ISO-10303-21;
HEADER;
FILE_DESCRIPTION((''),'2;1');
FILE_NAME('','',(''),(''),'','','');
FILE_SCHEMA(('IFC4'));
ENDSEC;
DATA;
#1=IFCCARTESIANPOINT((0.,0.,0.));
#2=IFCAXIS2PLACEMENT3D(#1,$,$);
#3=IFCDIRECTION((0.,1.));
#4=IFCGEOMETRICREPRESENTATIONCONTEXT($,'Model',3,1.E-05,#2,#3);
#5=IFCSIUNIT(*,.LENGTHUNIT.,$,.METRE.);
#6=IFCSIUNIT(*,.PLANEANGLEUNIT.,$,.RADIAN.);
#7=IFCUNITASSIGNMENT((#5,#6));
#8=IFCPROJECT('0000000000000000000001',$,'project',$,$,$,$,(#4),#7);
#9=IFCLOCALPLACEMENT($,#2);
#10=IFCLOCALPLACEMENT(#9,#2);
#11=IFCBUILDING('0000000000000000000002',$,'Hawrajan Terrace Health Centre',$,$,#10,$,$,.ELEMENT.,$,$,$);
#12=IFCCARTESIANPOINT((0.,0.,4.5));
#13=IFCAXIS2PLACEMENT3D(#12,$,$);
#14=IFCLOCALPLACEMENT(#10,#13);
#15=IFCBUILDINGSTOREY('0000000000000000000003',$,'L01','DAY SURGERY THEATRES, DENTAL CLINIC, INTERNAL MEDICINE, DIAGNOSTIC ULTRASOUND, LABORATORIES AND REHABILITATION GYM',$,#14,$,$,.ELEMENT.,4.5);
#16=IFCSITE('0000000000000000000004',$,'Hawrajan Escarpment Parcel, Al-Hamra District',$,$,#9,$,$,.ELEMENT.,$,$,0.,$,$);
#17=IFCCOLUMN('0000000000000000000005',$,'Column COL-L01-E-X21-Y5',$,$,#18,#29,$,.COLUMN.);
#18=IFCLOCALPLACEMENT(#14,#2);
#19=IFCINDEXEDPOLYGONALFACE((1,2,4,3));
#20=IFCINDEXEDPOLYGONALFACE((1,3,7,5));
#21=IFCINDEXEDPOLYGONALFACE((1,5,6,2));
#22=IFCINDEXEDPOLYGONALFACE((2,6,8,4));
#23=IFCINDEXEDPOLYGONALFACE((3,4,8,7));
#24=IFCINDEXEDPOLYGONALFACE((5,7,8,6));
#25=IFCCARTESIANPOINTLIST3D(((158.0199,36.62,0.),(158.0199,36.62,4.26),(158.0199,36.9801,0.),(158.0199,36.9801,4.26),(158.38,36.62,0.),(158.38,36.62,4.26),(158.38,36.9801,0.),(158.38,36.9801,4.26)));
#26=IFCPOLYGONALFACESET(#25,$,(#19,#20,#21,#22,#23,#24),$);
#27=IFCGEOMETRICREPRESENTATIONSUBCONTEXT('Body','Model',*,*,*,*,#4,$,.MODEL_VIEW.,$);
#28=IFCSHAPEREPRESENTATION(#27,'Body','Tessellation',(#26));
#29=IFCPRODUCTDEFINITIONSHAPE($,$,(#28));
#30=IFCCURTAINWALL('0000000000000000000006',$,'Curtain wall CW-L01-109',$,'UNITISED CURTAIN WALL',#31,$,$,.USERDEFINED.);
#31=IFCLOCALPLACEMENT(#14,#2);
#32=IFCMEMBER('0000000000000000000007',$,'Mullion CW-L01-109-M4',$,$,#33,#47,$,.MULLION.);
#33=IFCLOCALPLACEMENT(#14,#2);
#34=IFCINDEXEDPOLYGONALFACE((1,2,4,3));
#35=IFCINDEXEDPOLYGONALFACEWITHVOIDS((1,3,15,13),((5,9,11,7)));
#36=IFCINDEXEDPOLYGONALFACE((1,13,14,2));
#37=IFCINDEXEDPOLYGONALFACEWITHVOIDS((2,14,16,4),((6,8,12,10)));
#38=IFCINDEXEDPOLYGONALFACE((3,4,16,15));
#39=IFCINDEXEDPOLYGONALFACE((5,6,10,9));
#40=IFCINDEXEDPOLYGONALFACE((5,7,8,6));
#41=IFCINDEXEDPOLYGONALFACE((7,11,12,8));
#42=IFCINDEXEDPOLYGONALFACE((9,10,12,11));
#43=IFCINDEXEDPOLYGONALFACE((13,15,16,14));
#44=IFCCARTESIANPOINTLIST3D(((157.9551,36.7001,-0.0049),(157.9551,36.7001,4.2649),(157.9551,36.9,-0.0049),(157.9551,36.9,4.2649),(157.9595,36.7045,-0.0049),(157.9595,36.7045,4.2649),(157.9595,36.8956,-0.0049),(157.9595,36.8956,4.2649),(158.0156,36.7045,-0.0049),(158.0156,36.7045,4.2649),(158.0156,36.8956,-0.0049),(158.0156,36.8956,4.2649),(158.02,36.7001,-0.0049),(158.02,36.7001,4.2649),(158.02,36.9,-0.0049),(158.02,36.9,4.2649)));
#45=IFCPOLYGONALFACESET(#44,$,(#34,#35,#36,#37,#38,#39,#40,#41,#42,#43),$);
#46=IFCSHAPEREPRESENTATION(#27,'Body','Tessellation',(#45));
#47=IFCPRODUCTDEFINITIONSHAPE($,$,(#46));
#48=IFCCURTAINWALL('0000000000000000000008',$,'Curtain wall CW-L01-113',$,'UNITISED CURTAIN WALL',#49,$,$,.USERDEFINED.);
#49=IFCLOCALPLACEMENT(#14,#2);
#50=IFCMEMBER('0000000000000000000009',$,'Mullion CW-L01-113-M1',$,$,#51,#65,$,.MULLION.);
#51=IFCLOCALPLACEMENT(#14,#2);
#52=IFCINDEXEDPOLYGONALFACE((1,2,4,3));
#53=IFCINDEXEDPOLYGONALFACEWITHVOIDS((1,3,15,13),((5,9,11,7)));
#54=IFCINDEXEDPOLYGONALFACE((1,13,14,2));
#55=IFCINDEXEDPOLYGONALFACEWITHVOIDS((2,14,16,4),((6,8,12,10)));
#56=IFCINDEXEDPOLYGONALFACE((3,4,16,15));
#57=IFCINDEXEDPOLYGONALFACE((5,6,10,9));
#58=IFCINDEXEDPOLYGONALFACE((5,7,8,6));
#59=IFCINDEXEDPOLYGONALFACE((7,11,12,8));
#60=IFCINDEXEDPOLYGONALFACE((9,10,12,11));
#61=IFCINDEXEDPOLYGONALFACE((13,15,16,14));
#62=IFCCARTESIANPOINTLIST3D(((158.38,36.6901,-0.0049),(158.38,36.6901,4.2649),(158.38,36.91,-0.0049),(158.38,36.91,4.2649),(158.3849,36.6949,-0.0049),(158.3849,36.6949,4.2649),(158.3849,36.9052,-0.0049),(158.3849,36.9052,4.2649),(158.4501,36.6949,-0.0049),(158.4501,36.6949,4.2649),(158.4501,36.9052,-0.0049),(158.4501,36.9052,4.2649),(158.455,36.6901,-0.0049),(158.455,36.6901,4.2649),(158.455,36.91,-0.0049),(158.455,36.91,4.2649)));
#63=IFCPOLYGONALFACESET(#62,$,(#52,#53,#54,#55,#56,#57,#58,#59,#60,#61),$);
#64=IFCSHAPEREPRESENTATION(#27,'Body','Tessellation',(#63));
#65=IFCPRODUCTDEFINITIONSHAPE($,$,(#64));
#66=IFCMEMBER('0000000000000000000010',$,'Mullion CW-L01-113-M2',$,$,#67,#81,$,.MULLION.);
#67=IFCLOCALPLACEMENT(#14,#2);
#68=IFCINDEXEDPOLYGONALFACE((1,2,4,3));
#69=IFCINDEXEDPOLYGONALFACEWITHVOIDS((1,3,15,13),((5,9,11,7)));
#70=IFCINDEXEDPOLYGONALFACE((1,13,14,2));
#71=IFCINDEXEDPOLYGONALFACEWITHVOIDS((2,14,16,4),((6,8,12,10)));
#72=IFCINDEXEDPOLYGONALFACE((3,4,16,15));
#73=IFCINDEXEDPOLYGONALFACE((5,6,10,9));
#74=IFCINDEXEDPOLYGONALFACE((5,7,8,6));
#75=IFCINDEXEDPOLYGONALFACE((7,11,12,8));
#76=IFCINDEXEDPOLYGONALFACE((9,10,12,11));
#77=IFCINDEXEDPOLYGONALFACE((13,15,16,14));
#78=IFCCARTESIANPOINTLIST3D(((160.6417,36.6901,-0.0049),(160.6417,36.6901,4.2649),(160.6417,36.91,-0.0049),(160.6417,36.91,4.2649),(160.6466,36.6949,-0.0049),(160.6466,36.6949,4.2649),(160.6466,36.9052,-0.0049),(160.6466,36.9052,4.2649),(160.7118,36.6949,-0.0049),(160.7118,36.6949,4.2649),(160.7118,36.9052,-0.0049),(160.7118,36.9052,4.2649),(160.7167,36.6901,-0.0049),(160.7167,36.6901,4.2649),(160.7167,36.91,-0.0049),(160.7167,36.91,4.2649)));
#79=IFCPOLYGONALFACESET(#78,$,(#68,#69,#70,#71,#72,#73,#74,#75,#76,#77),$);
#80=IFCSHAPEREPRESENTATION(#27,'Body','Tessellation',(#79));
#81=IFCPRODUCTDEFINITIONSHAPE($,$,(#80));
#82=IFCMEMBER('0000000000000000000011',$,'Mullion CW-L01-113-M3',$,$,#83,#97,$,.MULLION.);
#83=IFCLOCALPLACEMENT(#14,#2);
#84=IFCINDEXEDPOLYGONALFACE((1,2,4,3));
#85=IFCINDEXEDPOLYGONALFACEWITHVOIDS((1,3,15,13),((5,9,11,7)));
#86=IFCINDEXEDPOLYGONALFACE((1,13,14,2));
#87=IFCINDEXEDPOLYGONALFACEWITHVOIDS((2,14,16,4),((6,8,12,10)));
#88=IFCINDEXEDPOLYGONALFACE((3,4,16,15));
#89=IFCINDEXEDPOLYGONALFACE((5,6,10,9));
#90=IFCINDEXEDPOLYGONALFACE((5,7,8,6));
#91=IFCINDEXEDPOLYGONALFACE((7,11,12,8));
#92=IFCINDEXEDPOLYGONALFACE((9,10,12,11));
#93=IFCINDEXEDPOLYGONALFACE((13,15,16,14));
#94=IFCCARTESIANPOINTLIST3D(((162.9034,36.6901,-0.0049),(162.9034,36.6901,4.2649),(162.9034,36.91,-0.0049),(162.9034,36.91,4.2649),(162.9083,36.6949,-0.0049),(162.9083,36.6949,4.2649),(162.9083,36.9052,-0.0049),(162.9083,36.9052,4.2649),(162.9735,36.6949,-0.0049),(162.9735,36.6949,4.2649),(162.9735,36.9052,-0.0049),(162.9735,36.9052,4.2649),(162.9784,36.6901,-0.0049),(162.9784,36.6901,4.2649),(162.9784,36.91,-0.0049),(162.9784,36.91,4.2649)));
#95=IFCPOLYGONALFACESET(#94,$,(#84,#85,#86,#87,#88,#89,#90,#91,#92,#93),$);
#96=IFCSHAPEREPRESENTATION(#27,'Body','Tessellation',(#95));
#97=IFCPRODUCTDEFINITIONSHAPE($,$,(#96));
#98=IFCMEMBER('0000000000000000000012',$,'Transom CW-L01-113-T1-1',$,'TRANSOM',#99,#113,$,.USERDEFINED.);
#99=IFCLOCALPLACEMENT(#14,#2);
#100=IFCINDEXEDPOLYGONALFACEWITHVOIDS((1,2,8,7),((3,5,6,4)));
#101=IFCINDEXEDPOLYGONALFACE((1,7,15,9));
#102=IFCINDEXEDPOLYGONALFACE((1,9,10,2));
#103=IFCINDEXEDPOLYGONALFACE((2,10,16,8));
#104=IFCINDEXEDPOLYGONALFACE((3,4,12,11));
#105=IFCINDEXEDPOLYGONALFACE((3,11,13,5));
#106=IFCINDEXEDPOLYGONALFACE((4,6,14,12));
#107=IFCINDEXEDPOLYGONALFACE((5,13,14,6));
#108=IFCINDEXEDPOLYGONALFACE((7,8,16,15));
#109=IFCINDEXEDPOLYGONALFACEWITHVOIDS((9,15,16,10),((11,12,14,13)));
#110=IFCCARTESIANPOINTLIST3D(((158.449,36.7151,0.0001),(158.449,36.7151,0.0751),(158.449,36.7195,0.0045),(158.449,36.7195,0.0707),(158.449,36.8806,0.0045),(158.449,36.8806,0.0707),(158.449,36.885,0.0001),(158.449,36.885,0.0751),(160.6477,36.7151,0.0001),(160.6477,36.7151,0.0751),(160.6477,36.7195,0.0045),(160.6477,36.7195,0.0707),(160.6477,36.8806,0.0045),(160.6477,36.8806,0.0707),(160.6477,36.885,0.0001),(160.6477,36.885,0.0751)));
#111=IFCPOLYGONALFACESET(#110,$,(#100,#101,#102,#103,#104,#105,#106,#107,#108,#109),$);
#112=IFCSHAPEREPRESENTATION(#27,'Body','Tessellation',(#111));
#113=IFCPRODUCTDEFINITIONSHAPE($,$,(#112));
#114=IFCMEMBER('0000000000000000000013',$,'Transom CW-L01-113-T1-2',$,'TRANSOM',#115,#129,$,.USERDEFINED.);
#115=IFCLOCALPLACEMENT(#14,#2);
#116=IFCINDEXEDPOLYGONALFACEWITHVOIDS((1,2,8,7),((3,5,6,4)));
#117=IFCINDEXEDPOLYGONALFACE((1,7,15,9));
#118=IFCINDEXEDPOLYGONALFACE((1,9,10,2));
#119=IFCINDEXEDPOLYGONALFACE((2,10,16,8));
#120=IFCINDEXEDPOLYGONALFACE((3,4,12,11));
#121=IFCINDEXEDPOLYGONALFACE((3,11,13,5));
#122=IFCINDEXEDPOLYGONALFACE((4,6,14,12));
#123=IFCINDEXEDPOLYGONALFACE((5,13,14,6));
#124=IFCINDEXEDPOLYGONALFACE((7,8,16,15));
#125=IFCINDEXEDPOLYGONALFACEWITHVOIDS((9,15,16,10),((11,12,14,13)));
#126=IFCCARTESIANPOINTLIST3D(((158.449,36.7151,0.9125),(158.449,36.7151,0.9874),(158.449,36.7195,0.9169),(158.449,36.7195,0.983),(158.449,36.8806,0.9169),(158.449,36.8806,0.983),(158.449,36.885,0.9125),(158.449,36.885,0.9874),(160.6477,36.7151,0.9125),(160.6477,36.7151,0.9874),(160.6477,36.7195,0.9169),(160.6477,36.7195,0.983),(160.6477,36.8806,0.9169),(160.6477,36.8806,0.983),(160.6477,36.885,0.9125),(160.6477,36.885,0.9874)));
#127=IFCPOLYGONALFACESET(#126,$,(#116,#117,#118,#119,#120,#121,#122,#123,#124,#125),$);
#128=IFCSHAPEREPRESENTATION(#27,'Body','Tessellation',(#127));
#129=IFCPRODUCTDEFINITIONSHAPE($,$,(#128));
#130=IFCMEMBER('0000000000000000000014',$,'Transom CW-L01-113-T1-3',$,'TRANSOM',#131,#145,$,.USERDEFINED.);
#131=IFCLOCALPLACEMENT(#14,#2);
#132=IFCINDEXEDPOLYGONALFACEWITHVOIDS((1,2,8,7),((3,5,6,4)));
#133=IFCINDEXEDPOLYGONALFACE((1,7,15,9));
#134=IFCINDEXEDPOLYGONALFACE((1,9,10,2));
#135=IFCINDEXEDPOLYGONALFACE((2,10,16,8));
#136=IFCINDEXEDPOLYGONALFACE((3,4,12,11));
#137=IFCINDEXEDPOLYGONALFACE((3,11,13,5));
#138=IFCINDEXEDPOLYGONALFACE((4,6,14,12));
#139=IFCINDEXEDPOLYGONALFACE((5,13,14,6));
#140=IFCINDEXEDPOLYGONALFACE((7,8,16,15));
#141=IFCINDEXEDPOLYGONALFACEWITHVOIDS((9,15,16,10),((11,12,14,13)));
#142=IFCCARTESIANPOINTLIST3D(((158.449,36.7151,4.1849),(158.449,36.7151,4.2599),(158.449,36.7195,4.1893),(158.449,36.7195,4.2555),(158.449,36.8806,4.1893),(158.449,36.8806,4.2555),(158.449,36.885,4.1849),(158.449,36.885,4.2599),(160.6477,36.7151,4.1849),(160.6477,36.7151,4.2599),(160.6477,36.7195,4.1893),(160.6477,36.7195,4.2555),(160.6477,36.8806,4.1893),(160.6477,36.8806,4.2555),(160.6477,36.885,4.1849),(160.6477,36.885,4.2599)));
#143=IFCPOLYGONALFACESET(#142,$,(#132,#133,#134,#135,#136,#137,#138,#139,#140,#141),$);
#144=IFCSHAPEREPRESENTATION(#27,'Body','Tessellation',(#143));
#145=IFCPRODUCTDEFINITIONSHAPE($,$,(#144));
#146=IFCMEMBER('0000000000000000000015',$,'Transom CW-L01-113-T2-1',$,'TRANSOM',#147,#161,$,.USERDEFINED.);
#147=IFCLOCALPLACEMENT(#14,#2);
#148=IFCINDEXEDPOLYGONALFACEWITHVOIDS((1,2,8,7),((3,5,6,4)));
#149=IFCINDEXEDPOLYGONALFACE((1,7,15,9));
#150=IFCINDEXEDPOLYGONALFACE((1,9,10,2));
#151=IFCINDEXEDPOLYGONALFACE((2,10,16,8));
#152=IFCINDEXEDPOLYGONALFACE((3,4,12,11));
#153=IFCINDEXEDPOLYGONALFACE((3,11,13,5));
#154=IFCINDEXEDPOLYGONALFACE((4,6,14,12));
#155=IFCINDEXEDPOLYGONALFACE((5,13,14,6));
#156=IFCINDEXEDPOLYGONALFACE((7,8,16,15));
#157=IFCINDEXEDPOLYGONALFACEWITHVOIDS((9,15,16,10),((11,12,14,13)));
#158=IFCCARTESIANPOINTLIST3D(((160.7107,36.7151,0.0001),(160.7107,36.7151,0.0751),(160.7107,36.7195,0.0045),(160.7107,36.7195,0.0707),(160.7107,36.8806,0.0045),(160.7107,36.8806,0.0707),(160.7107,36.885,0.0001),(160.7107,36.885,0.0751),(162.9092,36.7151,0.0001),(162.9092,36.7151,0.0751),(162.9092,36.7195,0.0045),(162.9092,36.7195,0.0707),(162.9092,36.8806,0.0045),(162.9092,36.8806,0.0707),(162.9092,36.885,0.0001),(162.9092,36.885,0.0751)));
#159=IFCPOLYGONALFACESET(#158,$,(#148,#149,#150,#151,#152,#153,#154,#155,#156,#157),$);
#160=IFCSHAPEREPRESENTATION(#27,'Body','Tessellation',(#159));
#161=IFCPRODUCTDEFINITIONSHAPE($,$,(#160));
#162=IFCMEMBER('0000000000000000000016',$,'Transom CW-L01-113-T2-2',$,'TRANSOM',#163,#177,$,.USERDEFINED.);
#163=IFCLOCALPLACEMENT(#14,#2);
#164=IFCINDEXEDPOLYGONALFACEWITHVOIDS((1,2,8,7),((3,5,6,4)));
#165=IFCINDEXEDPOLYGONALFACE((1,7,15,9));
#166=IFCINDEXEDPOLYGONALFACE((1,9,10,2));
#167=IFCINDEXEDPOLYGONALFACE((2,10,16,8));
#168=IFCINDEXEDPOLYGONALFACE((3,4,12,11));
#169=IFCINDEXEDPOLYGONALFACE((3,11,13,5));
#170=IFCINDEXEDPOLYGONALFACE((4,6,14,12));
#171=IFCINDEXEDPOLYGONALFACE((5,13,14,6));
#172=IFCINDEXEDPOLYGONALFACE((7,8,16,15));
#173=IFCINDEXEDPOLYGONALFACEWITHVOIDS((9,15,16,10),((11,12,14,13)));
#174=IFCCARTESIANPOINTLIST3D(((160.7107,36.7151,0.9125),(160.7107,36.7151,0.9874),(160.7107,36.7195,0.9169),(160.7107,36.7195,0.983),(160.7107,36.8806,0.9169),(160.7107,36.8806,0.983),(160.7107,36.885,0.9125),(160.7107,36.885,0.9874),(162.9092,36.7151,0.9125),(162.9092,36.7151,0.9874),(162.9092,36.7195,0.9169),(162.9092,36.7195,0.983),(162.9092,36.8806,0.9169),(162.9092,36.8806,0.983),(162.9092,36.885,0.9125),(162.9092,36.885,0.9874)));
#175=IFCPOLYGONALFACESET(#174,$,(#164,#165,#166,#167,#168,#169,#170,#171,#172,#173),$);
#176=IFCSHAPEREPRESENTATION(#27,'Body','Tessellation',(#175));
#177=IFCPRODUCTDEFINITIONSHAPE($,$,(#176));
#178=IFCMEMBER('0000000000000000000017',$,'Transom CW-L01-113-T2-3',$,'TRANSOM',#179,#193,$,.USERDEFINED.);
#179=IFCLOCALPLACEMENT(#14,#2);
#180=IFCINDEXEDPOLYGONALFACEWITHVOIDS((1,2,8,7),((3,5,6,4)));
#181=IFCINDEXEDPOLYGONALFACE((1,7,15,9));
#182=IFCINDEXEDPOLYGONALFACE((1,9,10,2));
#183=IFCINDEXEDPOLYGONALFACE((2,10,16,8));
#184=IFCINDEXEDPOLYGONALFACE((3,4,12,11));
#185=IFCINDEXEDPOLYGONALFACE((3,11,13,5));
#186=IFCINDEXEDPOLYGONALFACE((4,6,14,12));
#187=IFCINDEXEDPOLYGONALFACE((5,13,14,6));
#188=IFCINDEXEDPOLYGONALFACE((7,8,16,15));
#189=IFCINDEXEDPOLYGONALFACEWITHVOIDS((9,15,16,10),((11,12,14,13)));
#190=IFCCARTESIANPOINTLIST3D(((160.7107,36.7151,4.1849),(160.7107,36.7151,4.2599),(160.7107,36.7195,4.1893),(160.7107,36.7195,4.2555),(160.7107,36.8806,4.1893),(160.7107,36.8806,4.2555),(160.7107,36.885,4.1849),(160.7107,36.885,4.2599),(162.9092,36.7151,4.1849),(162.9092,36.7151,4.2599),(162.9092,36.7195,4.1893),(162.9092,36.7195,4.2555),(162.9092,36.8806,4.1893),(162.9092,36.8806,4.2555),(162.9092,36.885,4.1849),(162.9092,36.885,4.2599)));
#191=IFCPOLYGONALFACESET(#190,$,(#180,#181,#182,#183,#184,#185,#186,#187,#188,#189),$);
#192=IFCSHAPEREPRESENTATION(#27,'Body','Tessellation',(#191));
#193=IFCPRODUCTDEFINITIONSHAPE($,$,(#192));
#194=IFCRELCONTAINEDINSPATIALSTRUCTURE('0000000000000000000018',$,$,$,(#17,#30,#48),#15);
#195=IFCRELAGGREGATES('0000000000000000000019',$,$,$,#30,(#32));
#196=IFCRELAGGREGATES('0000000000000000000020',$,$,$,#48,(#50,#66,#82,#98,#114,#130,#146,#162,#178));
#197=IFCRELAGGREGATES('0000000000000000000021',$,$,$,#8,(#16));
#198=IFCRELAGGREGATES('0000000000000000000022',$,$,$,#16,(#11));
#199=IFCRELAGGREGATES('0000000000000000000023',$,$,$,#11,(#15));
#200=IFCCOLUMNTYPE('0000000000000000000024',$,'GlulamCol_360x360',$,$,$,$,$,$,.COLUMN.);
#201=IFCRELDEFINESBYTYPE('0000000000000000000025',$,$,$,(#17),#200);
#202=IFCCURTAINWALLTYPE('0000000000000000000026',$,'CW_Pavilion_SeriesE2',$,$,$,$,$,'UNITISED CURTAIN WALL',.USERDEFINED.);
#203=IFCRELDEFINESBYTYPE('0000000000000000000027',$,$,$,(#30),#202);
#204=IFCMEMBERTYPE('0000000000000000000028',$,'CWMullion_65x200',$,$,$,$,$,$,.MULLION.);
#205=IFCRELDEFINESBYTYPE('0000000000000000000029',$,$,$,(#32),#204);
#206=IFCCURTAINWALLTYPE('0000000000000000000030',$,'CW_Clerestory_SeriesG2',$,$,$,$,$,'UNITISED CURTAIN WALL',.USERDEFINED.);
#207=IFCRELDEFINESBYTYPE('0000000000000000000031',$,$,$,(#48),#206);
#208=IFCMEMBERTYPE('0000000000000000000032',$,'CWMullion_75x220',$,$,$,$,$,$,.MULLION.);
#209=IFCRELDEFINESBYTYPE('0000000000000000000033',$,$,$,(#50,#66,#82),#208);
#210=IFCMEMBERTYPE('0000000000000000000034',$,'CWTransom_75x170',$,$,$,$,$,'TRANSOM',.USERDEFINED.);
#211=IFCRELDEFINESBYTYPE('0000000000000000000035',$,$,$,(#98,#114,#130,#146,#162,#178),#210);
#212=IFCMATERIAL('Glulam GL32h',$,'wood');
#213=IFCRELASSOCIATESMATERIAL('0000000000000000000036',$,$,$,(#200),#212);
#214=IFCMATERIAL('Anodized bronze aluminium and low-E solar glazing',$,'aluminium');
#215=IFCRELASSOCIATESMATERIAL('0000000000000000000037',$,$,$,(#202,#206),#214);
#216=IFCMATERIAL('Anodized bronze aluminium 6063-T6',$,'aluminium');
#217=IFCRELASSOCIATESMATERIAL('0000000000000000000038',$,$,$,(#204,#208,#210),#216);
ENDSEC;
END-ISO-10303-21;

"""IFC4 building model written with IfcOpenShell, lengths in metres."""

from ifc_helpers import new_model, si_unit, direction, frame, origin, origin_2d, place, context, subcontext, project, spatial, rectangle, hollow_rectangle, extrude, material, material_profile, profile_set, type_object, element, aggregate, save


model = new_model("IFC4")

# Units and contexts
model_context = context("Model", 3, precision=1e-05, world=origin(), true_north=direction((0.0, 1.0)))
body_context = subcontext(model_context, "Body", "Model", "MODEL_VIEW")
ifc_project = project(units=[si_unit("LENGTHUNIT", "METRE"), si_unit("PLANEANGLEUNIT", "RADIAN")], contexts=[model_context])

# Site, building, storey
site_placement = place(None, origin())
site = spatial("IfcSite", under=ifc_project, at=site_placement, Name="Hawrajan Escarpment Parcel, Al-Hamra District", CompositionType="ELEMENT", RefElevation=0.0)
building_placement = place(site_placement, origin())
building = spatial("IfcBuilding", under=site, at=building_placement, Name="Hawrajan Terrace Health Centre", CompositionType="ELEMENT")
storey_placement = place(building_placement, frame((0.0, 0.0, 4.5)))
storey = spatial("IfcBuildingStorey", under=building, at=storey_placement, Name="L01", Description="DAY SURGERY THEATRES, DENTAL CLINIC, INTERNAL MEDICINE, DIAGNOSTIC ULTRASOUND, LABORATORIES AND REHABILITATION GYM", CompositionType="ELEMENT", Elevation=4.5)

# Column
ifc_material_1 = material(Name="Glulam GL32h", Category="wood")
ifc_material_profile_1 = material_profile(ifc_material_1, rectangle(XDim=0.3601, YDim=0.3601, at=origin_2d()), Name="GL 360x360")
ifc_profile_set_1 = profile_set([ifc_material_profile_1], Name="Glulam GL32h")
column_type = type_object("IfcColumnType", Name="GlulamCol_360x360", PredefinedType="COLUMN", material=ifc_profile_set_1)
column_placement = place(storey_placement, frame((158.2, 36.8, 0.0), z_axis=(0.0, 0.0, 1.0), x_axis=(1.0, 0.0, 0.0)))
element("IfcColumn", 1, at=column_placement, inside=storey, type_object=column_type, Name="Column COL-L01-E-X21-Y5", PredefinedType="COLUMN", context=body_context, shape_type="SweptSolid", body=[
    extrude(rectangle(XDim=0.3601, YDim=0.3601, at=origin_2d()), origin(), (0.0, 0.0, 1.0), 4.26),
])

# Curtain wall, member
ifc_material_2 = material(Name="Anodized bronze aluminium and low-E solar glazing", Category="aluminium")
curtain_wall_type_1 = type_object("IfcCurtainWallType", Name="CW_Pavilion_SeriesE2", ElementType="UNITISED CURTAIN WALL", PredefinedType="USERDEFINED", material=ifc_material_2)
curtain_wall_1_placement = place(storey_placement, origin())
curtain_wall_1 = element("IfcCurtainWall", 2, at=curtain_wall_1_placement, inside=storey, type_object=curtain_wall_type_1, Name="Curtain wall CW-L01-109", ObjectType="UNITISED CURTAIN WALL", PredefinedType="USERDEFINED")
ifc_material_3 = material(Name="Anodized bronze aluminium 6063-T6", Category="aluminium")
ifc_material_profile_2 = material_profile(ifc_material_3, hollow_rectangle(XDim=0.0649, YDim=0.2, WallThickness=0.0044, at=origin_2d()), Name="CW MUL 65x200")
ifc_profile_set_2 = profile_set([ifc_material_profile_2], Name="Anodized bronze aluminium 6063-T6")
member_type_1 = type_object("IfcMemberType", Name="CWMullion_65x200", PredefinedType="MULLION", material=ifc_profile_set_2)
member_1_placement = place(storey_placement, frame((157.9875, 36.8, -0.0049), z_axis=(0.0, 0.0, 1.0), x_axis=(1.0, 0.0, 0.0)))
member_1 = element("IfcMember", 3, at=member_1_placement, type_object=member_type_1, Name="Mullion CW-L01-109-M4", PredefinedType="MULLION", context=body_context, shape_type="SweptSolid", body=[
    extrude(hollow_rectangle(XDim=0.0649, YDim=0.2, WallThickness=0.0044, at=origin_2d()), origin(), (0.0, 0.0, 1.0), 4.2698),
])
aggregate(curtain_wall_1, [member_1])

# Curtain wall, members
curtain_wall_type_2 = type_object("IfcCurtainWallType", Name="CW_Clerestory_SeriesG2", ElementType="UNITISED CURTAIN WALL", PredefinedType="USERDEFINED", material=ifc_material_2)
curtain_wall_2_placement = place(storey_placement, origin())
curtain_wall_2 = element("IfcCurtainWall", 4, at=curtain_wall_2_placement, inside=storey, type_object=curtain_wall_type_2, Name="Curtain wall CW-L01-113", ObjectType="UNITISED CURTAIN WALL", PredefinedType="USERDEFINED")
ifc_material_profile_3 = material_profile(ifc_material_3, hollow_rectangle(XDim=0.075, YDim=0.22, WallThickness=0.0049, at=origin_2d()), Name="CW MUL 75x220")
ifc_profile_set_3 = profile_set([ifc_material_profile_3], Name="Anodized bronze aluminium 6063-T6")
member_type_2 = type_object("IfcMemberType", Name="CWMullion_75x220", PredefinedType="MULLION", material=ifc_profile_set_3)
member_2_placement = place(storey_placement, frame((158.4175, 36.8, -0.0049), z_axis=(0.0, 0.0, 1.0), x_axis=(1.0, 0.0, 0.0)))
member_2 = element("IfcMember", 5, at=member_2_placement, type_object=member_type_2, Name="Mullion CW-L01-113-M1", PredefinedType="MULLION", context=body_context, shape_type="SweptSolid", body=[
    extrude(hollow_rectangle(XDim=0.075, YDim=0.22, WallThickness=0.0049, at=origin_2d()), origin(), (0.0, 0.0, 1.0), 4.2698),
])
member_3_placement = place(storey_placement, frame((160.6792, 36.8, -0.0049), z_axis=(0.0, 0.0, 1.0), x_axis=(1.0, 0.0, 0.0)))
member_3 = element("IfcMember", 6, at=member_3_placement, type_object=member_type_2, Name="Mullion CW-L01-113-M2", PredefinedType="MULLION", context=body_context, shape_type="SweptSolid", body=[
    extrude(hollow_rectangle(XDim=0.075, YDim=0.22, WallThickness=0.0049, at=origin_2d()), origin(), (0.0, 0.0, 1.0), 4.2698),
])
member_4_placement = place(storey_placement, frame((162.9409, 36.8, -0.0049), z_axis=(0.0, 0.0, 1.0), x_axis=(1.0, 0.0, 0.0)))
member_4 = element("IfcMember", 7, at=member_4_placement, type_object=member_type_2, Name="Mullion CW-L01-113-M3", PredefinedType="MULLION", context=body_context, shape_type="SweptSolid", body=[
    extrude(hollow_rectangle(XDim=0.075, YDim=0.22, WallThickness=0.0049, at=origin_2d()), origin(), (0.0, 0.0, 1.0), 4.2698),
])
ifc_material_profile_4 = material_profile(ifc_material_3, hollow_rectangle(XDim=0.075, YDim=0.1699, WallThickness=0.0044, at=origin_2d()), Name="CW TRN 75x170")
ifc_profile_set_4 = profile_set([ifc_material_profile_4], Name="Anodized bronze aluminium 6063-T6")
member_type_3 = type_object("IfcMemberType", Name="CWTransom_75x170", ElementType="TRANSOM", PredefinedType="USERDEFINED", material=ifc_profile_set_4)
member_5_placement = place(storey_placement, frame((158.449, 36.8, 0.0376), z_axis=(1.0, 0.0, 0.0), x_axis=(0.0, 0.0, 1.0)))
member_5 = element("IfcMember", 8, at=member_5_placement, type_object=member_type_3, Name="Transom CW-L01-113-T1-1", ObjectType="TRANSOM", PredefinedType="USERDEFINED", context=body_context, shape_type="SweptSolid", body=[
    extrude(hollow_rectangle(XDim=0.075, YDim=0.1699, WallThickness=0.0044, at=origin_2d()), origin(), (0.0, 0.0, 1.0), 2.1987),
])
member_6_placement = place(storey_placement, frame((158.449, 36.8, 0.95), z_axis=(1.0, 0.0, 0.0), x_axis=(0.0, 0.0, 1.0)))
member_6 = element("IfcMember", 9, at=member_6_placement, type_object=member_type_3, Name="Transom CW-L01-113-T1-2", ObjectType="TRANSOM", PredefinedType="USERDEFINED", context=body_context, shape_type="SweptSolid", body=[
    extrude(hollow_rectangle(XDim=0.075, YDim=0.1699, WallThickness=0.0044, at=origin_2d()), origin(), (0.0, 0.0, 1.0), 2.1987),
])
member_7_placement = place(storey_placement, frame((158.449, 36.8, 4.2224), z_axis=(1.0, 0.0, 0.0), x_axis=(0.0, 0.0, 1.0)))
member_7 = element("IfcMember", 10, at=member_7_placement, type_object=member_type_3, Name="Transom CW-L01-113-T1-3", ObjectType="TRANSOM", PredefinedType="USERDEFINED", context=body_context, shape_type="SweptSolid", body=[
    extrude(hollow_rectangle(XDim=0.075, YDim=0.1699, WallThickness=0.0044, at=origin_2d()), origin(), (0.0, 0.0, 1.0), 2.1987),
])
member_8_placement = place(storey_placement, frame((160.7107, 36.8, 0.0376), z_axis=(1.0, 0.0, 0.0), x_axis=(0.0, 0.0, 1.0)))
member_8 = element("IfcMember", 11, at=member_8_placement, type_object=member_type_3, Name="Transom CW-L01-113-T2-1", ObjectType="TRANSOM", PredefinedType="USERDEFINED", context=body_context, shape_type="SweptSolid", body=[
    extrude(hollow_rectangle(XDim=0.075, YDim=0.1699, WallThickness=0.0044, at=origin_2d()), origin(), (0.0, 0.0, 1.0), 2.1985),
])
member_9_placement = place(storey_placement, frame((160.7107, 36.8, 0.95), z_axis=(1.0, 0.0, 0.0), x_axis=(0.0, 0.0, 1.0)))
member_9 = element("IfcMember", 12, at=member_9_placement, type_object=member_type_3, Name="Transom CW-L01-113-T2-2", ObjectType="TRANSOM", PredefinedType="USERDEFINED", context=body_context, shape_type="SweptSolid", body=[
    extrude(hollow_rectangle(XDim=0.075, YDim=0.1699, WallThickness=0.0044, at=origin_2d()), origin(), (0.0, 0.0, 1.0), 2.1985),
])
member_10_placement = place(storey_placement, frame((160.7107, 36.8, 4.2224), z_axis=(1.0, 0.0, 0.0), x_axis=(0.0, 0.0, 1.0)))
member_10 = element("IfcMember", 13, at=member_10_placement, type_object=member_type_3, Name="Transom CW-L01-113-T2-3", ObjectType="TRANSOM", PredefinedType="USERDEFINED", context=body_context, shape_type="SweptSolid", body=[
    extrude(hollow_rectangle(XDim=0.075, YDim=0.1699, WallThickness=0.0044, at=origin_2d()), origin(), (0.0, 0.0, 1.0), 2.1985),
])

aggregate(curtain_wall_2, [member_2, member_3, member_4, member_5, member_6, member_7, member_8, member_9, member_10])

save(model, "model.ifc")
